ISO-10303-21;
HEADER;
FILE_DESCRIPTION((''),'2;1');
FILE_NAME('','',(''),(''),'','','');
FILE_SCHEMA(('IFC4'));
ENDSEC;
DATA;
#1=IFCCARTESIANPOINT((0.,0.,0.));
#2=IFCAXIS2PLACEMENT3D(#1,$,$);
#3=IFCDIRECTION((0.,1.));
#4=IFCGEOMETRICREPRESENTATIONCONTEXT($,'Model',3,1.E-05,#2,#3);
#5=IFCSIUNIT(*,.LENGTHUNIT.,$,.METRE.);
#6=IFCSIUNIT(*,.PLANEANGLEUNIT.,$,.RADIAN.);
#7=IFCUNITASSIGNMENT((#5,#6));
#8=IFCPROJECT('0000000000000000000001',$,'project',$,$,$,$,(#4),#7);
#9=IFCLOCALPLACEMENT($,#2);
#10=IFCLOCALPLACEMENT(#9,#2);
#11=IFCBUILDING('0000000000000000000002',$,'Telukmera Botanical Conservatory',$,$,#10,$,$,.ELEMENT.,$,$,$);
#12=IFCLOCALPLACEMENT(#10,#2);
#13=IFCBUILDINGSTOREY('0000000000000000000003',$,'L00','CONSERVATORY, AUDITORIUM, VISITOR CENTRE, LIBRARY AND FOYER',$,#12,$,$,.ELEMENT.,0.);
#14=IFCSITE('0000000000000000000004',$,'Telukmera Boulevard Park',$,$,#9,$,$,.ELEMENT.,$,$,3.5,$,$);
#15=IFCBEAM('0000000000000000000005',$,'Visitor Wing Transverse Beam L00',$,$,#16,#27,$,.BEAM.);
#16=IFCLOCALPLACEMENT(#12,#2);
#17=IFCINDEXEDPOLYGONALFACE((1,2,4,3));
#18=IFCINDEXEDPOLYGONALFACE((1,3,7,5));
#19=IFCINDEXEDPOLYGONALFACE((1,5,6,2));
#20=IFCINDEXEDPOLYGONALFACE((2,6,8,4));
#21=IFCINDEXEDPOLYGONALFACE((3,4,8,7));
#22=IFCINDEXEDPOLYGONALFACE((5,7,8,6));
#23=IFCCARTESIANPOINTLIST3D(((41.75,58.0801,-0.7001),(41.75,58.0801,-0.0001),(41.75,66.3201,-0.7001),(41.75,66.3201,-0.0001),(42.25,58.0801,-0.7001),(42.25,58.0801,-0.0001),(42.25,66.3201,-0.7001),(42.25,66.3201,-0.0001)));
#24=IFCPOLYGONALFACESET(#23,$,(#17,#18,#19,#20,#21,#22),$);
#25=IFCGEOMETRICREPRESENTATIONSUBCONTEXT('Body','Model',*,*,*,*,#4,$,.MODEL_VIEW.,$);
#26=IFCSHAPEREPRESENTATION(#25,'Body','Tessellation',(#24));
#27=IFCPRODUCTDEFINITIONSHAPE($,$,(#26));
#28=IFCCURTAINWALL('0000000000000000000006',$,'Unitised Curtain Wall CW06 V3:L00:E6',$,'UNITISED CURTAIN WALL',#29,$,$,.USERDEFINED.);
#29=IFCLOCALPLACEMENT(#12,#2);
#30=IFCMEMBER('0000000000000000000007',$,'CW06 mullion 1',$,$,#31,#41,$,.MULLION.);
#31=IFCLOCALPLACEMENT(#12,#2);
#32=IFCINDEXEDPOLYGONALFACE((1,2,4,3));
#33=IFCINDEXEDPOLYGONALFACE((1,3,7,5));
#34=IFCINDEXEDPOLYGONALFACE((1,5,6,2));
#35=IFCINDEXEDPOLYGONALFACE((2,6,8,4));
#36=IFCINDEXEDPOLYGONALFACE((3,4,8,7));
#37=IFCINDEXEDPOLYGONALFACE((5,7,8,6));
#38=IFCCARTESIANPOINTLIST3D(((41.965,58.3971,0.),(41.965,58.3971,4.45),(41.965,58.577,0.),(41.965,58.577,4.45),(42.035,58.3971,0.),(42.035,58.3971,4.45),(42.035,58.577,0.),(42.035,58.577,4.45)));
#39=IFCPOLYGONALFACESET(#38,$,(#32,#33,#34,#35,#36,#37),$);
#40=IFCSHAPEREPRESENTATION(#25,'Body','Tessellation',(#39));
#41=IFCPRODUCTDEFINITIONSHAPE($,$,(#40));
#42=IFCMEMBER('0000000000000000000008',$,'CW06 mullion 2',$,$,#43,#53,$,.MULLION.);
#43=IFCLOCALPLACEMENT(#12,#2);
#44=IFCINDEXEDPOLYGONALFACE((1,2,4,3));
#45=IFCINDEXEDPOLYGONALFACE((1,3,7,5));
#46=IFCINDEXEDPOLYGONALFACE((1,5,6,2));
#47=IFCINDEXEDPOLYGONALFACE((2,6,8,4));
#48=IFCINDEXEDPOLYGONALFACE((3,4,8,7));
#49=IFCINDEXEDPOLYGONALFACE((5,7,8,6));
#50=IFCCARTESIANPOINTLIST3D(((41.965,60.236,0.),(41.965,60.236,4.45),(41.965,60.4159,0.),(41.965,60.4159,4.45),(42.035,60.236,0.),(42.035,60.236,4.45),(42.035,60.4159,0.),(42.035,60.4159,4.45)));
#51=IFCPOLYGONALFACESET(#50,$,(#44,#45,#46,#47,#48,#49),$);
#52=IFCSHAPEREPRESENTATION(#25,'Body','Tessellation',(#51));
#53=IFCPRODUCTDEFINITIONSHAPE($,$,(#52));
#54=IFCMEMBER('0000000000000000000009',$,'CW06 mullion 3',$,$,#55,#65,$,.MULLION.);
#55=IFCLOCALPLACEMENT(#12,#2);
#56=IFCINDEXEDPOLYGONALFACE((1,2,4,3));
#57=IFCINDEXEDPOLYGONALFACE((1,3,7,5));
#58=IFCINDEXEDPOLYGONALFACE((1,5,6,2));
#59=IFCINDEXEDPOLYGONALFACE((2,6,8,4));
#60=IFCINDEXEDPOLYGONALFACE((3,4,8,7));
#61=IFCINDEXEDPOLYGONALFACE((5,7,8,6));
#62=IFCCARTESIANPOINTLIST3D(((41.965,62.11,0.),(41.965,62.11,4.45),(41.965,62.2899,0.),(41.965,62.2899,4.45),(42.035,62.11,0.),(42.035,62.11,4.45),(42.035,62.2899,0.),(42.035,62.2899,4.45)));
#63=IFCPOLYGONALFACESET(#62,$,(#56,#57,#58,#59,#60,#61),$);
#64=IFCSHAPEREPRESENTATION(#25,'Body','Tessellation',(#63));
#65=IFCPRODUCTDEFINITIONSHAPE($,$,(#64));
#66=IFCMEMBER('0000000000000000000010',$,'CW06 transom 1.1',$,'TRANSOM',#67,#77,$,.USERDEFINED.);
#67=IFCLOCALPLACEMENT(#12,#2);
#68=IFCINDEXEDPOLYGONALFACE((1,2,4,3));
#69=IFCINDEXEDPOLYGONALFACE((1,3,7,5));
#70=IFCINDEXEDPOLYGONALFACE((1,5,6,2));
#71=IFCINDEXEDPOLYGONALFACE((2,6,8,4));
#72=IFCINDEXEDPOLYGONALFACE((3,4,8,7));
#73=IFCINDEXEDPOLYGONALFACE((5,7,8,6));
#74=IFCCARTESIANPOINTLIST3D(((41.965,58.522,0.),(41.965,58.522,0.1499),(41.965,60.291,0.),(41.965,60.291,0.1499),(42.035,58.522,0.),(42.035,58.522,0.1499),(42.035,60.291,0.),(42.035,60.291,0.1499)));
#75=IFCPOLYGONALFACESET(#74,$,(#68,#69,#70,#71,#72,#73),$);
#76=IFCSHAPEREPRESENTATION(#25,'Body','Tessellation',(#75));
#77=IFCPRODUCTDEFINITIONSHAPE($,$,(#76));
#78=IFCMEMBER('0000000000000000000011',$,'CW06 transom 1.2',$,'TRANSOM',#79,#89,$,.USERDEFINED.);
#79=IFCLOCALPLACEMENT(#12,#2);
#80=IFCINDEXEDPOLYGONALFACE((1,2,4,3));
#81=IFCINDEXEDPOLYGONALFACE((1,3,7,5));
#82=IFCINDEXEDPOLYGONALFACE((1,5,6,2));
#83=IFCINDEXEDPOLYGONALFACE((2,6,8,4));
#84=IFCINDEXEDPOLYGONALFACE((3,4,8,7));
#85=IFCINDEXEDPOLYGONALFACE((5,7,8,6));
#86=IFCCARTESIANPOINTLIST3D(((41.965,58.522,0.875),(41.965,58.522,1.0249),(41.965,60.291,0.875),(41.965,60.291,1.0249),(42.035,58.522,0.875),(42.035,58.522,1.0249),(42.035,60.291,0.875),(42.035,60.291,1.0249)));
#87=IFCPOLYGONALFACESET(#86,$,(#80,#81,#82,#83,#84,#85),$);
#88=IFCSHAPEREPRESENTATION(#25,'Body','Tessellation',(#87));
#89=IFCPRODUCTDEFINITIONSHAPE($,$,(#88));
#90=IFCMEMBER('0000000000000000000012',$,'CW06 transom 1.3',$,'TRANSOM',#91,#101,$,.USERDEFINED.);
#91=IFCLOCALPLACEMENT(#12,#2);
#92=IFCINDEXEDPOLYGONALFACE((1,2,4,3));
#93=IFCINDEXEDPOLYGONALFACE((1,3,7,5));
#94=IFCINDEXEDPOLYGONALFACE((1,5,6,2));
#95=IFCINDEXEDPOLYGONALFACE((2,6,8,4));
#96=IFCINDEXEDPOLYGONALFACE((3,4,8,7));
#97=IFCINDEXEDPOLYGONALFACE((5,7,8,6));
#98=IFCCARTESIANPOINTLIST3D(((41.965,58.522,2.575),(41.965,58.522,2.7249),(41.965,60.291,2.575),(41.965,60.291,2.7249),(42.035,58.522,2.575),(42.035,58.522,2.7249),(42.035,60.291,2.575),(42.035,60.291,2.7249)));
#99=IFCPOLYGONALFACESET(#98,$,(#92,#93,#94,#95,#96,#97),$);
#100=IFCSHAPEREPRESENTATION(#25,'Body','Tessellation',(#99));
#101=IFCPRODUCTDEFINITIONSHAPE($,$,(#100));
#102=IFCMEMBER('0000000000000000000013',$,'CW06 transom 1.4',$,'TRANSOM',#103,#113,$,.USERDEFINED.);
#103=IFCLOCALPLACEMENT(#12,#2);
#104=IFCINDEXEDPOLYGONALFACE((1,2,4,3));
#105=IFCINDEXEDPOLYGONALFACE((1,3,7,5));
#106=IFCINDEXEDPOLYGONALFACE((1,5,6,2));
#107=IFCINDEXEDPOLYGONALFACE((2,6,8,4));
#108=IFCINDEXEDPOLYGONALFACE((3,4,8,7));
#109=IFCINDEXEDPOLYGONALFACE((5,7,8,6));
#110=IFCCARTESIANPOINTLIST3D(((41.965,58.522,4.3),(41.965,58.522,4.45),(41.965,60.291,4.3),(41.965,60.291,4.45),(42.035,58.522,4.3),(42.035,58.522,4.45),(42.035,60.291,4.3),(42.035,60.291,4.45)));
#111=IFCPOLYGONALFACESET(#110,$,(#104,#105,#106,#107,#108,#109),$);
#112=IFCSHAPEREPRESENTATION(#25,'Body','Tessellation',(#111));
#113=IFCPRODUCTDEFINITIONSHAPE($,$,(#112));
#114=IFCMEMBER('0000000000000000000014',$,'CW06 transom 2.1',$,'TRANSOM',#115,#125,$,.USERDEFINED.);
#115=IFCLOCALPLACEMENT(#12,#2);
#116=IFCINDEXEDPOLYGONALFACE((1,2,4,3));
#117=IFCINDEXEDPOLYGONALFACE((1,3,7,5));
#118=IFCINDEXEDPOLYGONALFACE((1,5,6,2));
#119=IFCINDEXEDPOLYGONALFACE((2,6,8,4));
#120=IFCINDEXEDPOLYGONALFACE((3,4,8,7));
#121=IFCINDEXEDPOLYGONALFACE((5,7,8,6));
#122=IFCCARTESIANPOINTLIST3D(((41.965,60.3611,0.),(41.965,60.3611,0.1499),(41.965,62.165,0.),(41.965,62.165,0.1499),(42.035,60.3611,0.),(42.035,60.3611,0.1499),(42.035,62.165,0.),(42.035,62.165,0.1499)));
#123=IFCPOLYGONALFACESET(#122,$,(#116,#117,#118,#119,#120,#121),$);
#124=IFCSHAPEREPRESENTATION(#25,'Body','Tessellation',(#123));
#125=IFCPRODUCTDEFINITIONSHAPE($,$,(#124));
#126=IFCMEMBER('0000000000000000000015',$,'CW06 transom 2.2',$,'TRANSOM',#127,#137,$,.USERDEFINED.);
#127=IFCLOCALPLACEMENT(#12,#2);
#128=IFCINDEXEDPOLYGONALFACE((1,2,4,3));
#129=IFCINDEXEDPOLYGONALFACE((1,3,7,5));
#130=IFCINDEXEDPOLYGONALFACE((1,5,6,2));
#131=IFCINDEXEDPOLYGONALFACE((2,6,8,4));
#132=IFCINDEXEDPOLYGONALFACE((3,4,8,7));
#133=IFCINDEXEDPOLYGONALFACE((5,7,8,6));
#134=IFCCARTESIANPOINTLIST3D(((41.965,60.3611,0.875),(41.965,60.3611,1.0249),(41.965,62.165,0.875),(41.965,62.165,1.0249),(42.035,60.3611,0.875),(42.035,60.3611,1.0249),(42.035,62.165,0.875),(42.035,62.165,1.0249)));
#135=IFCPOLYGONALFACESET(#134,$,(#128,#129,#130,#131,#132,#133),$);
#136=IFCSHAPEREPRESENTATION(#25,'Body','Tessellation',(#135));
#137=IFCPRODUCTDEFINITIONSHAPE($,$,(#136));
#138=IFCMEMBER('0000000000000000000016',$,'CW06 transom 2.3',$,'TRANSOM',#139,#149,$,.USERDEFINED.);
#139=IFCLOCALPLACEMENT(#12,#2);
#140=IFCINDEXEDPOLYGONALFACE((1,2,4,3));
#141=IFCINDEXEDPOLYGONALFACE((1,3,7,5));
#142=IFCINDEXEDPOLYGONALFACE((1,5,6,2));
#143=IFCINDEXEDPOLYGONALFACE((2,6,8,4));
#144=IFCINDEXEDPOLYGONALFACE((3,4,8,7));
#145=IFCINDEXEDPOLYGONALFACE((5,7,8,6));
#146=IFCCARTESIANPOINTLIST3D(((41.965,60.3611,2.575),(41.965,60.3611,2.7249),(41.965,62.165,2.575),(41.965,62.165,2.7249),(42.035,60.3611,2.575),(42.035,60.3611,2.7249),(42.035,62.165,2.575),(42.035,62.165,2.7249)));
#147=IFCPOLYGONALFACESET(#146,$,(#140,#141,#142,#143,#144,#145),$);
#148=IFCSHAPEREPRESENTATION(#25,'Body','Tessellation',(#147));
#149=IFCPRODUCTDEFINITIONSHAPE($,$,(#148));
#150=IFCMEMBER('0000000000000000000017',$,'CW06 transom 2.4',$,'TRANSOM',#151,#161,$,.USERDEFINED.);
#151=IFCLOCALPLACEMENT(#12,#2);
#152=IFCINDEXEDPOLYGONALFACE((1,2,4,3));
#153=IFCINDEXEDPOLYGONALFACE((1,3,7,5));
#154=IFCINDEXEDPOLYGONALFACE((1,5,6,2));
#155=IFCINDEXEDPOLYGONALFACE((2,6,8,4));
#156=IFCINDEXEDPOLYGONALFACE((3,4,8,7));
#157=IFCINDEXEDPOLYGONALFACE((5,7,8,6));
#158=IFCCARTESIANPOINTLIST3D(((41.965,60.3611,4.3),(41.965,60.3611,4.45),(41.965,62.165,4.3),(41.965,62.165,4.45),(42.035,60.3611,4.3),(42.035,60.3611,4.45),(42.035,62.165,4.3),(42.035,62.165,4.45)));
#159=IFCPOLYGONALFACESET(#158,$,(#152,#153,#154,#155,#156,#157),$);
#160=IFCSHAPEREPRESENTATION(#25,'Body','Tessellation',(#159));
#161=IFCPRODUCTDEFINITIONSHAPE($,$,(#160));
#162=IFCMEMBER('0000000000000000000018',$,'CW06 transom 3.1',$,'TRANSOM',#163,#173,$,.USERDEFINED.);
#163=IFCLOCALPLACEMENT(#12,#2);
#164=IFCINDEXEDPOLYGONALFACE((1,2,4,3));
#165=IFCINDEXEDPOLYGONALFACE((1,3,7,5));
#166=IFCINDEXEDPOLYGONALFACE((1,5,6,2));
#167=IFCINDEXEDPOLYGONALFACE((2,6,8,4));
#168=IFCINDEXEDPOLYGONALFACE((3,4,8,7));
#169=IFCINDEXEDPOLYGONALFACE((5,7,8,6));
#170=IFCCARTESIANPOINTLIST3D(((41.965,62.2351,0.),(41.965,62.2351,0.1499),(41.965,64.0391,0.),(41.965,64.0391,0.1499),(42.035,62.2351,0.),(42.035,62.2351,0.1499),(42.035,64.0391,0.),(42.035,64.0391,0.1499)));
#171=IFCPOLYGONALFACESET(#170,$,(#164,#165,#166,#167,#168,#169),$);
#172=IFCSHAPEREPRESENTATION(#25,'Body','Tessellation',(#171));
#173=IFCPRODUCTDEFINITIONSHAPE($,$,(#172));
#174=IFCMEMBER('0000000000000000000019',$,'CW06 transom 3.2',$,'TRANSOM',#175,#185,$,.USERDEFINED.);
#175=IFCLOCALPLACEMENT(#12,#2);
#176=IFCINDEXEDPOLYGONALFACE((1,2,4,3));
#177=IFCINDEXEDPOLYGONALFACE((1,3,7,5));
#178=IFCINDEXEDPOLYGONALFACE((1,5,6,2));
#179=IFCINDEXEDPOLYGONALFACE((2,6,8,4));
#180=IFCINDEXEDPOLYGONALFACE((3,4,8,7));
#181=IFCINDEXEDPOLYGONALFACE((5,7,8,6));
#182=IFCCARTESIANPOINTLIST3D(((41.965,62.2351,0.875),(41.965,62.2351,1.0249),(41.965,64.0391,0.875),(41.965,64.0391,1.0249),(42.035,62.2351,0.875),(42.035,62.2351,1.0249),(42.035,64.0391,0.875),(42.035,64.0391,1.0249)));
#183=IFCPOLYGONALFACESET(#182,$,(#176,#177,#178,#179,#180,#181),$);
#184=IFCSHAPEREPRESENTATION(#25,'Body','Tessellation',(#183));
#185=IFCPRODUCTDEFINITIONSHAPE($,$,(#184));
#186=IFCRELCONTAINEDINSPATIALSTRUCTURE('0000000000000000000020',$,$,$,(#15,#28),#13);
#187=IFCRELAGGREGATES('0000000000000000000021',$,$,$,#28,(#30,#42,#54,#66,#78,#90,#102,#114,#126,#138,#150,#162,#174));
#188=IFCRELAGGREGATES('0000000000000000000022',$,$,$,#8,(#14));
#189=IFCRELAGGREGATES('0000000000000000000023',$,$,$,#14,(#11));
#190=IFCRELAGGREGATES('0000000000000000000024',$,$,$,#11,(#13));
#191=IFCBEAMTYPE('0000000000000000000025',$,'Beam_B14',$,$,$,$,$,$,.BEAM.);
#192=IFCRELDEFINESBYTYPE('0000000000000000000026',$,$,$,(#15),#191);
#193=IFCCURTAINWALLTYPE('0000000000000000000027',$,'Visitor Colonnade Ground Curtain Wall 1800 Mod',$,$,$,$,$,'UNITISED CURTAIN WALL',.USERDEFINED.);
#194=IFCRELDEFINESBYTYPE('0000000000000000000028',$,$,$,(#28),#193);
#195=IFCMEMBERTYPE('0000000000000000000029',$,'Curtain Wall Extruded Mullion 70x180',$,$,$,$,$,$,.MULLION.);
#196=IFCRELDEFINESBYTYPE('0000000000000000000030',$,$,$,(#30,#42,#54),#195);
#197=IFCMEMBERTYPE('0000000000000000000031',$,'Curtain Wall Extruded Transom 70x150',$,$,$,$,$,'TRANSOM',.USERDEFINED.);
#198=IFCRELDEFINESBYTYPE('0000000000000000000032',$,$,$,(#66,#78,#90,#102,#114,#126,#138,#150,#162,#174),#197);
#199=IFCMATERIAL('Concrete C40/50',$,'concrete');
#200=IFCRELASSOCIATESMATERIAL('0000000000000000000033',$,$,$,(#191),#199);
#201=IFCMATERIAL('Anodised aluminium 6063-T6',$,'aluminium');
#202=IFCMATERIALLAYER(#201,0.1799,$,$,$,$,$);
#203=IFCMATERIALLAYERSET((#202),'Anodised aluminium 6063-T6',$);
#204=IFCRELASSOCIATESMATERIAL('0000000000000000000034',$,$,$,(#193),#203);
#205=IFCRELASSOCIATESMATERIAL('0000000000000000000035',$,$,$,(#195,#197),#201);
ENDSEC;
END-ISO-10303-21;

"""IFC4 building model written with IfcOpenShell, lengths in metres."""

from ifc_helpers import new_model, si_unit, direction, frame, origin, origin_2d, place, context, subcontext, project, spatial, rectangle, extrude, material, layer, layer_set, material_profile, profile_set, type_object, element, aggregate, save


model = new_model("IFC4")

# Units and contexts
model_context = context("Model", 3, precision=1e-05, world=origin(), true_north=direction((0.0, 1.0)))
body_context = subcontext(model_context, "Body", "Model", "MODEL_VIEW")
ifc_project = project(units=[si_unit("LENGTHUNIT", "METRE"), si_unit("PLANEANGLEUNIT", "RADIAN")], contexts=[model_context])

# Site, building, storey
site_placement = place(None, origin())
site = spatial("IfcSite", under=ifc_project, at=site_placement, Name="Telukmera Boulevard Park", CompositionType="ELEMENT", RefElevation=3.5)
building_placement = place(site_placement, origin())
building = spatial("IfcBuilding", under=site, at=building_placement, Name="Telukmera Botanical Conservatory", CompositionType="ELEMENT")
storey_placement = place(building_placement, origin())
storey = spatial("IfcBuildingStorey", under=building, at=storey_placement, Name="L00", Description="CONSERVATORY, AUDITORIUM, VISITOR CENTRE, LIBRARY AND FOYER", CompositionType="ELEMENT", Elevation=0.0)

# Beam
ifc_material_1 = material(Name="Concrete C40/50", Category="concrete")
ifc_material_profile_1 = material_profile(ifc_material_1, rectangle(XDim=0.5, YDim=0.7, at=origin_2d()), Name="RC 500x700")
ifc_profile_set_1 = profile_set([ifc_material_profile_1], Name="Concrete C40/50")
beam_type = type_object("IfcBeamType", Name="Beam_B14", PredefinedType="BEAM", material=ifc_profile_set_1)
beam_placement = place(storey_placement, frame((42.0, 58.0801, -0.3501), z_axis=(0.0, 1.0, 0.0), x_axis=(-1.0, 0.0, 0.0)))
element("IfcBeam", 1, at=beam_placement, inside=storey, type_object=beam_type, Name="Visitor Wing Transverse Beam L00", PredefinedType="BEAM", context=body_context, shape_type="SweptSolid", body=[
    extrude(rectangle(XDim=0.5, YDim=0.7, at=origin_2d()), origin(), (0.0, 0.0, 1.0), 8.24),
])

# Curtain wall, members
ifc_material_2 = material(Name="Anodised aluminium 6063-T6", Category="aluminium")
ifc_layer_1 = layer(ifc_material_2, 0.1799)
ifc_layer_set_1 = layer_set([ifc_layer_1], Name="Anodised aluminium 6063-T6")
curtain_wall_type = type_object("IfcCurtainWallType", Name="Visitor Colonnade Ground Curtain Wall 1800 Mod", ElementType="UNITISED CURTAIN WALL", PredefinedType="USERDEFINED", material=ifc_layer_set_1)
curtain_wall_placement = place(storey_placement, origin())
curtain_wall = element("IfcCurtainWall", 2, at=curtain_wall_placement, inside=storey, type_object=curtain_wall_type, Name="Unitised Curtain Wall CW06 V3:L00:E6", ObjectType="UNITISED CURTAIN WALL", PredefinedType="USERDEFINED")
ifc_material_profile_2 = material_profile(ifc_material_2, rectangle(XDim=0.0701, YDim=0.1799, at=origin_2d()), Name="ALU MULL 70x180")
ifc_profile_set_2 = profile_set([ifc_material_profile_2], Name="Anodised aluminium 6063-T6")
member_type_1 = type_object("IfcMemberType", Name="Curtain Wall Extruded Mullion 70x180", PredefinedType="MULLION", material=ifc_profile_set_2)
member_1_placement = place(storey_placement, frame((42.0, 58.4871, 0.0), z_axis=(0.0, 0.0, 1.0), x_axis=(-1.0, 0.0, 0.0)))
member_1 = element("IfcMember", 3, at=member_1_placement, type_object=member_type_1, Name="CW06 mullion 1", PredefinedType="MULLION", context=body_context, shape_type="SweptSolid", body=[
    extrude(rectangle(XDim=0.0701, YDim=0.1799, at=origin_2d()), origin(), (0.0, 0.0, 1.0), 4.45),
])
member_2_placement = place(storey_placement, frame((42.0, 60.3259, 0.0), z_axis=(0.0, 0.0, 1.0), x_axis=(-1.0, 0.0, 0.0)))
member_2 = element("IfcMember", 4, at=member_2_placement, type_object=member_type_1, Name="CW06 mullion 2", PredefinedType="MULLION", context=body_context, shape_type="SweptSolid", body=[
    extrude(rectangle(XDim=0.0701, YDim=0.1799, at=origin_2d()), origin(), (0.0, 0.0, 1.0), 4.45),
])
member_3_placement = place(storey_placement, frame((42.0, 62.2, 0.0), z_axis=(0.0, 0.0, 1.0), x_axis=(-1.0, 0.0, 0.0)))
member_3 = element("IfcMember", 5, at=member_3_placement, type_object=member_type_1, Name="CW06 mullion 3", PredefinedType="MULLION", context=body_context, shape_type="SweptSolid", body=[
    extrude(rectangle(XDim=0.0701, YDim=0.1799, at=origin_2d()), origin(), (0.0, 0.0, 1.0), 4.45),
])
ifc_material_profile_3 = material_profile(ifc_material_2, rectangle(XDim=0.0701, YDim=0.1499, at=origin_2d()), Name="ALU TRAN 70x150")
ifc_profile_set_3 = profile_set([ifc_material_profile_3], Name="Anodised aluminium 6063-T6")
member_type_2 = type_object("IfcMemberType", Name="Curtain Wall Extruded Transom 70x150", ElementType="TRANSOM", PredefinedType="USERDEFINED", material=ifc_profile_set_3)
member_4_placement = place(storey_placement, frame((42.0, 58.522, 0.075), z_axis=(0.0, 1.0, 0.0), x_axis=(-1.0, 0.0, 0.0)))
member_4 = element("IfcMember", 6, at=member_4_placement, type_object=member_type_2, Name="CW06 transom 1.1", ObjectType="TRANSOM", PredefinedType="USERDEFINED", context=body_context, shape_type="SweptSolid", body=[
    extrude(rectangle(XDim=0.0701, YDim=0.1499, at=origin_2d()), origin(), (0.0, 0.0, 1.0), 1.769),
])
member_5_placement = place(storey_placement, frame((42.0, 58.522, 0.95), z_axis=(0.0, 1.0, 0.0), x_axis=(-1.0, 0.0, 0.0)))
member_5 = element("IfcMember", 7, at=member_5_placement, type_object=member_type_2, Name="CW06 transom 1.2", ObjectType="TRANSOM", PredefinedType="USERDEFINED", context=body_context, shape_type="SweptSolid", body=[
    extrude(rectangle(XDim=0.0701, YDim=0.1499, at=origin_2d()), origin(), (0.0, 0.0, 1.0), 1.769),
])
member_6_placement = place(storey_placement, frame((42.0, 58.522, 2.6499), z_axis=(0.0, 1.0, 0.0), x_axis=(-1.0, 0.0, 0.0)))
member_6 = element("IfcMember", 8, at=member_6_placement, type_object=member_type_2, Name="CW06 transom 1.3", ObjectType="TRANSOM", PredefinedType="USERDEFINED", context=body_context, shape_type="SweptSolid", body=[
    extrude(rectangle(XDim=0.0701, YDim=0.1499, at=origin_2d()), origin(), (0.0, 0.0, 1.0), 1.769),
])
member_7_placement = place(storey_placement, frame((42.0, 58.522, 4.375), z_axis=(0.0, 1.0, 0.0), x_axis=(-1.0, 0.0, 0.0)))
member_7 = element("IfcMember", 9, at=member_7_placement, type_object=member_type_2, Name="CW06 transom 1.4", ObjectType="TRANSOM", PredefinedType="USERDEFINED", context=body_context, shape_type="SweptSolid", body=[
    extrude(rectangle(XDim=0.0701, YDim=0.1499, at=origin_2d()), origin(), (0.0, 0.0, 1.0), 1.769),
])
member_8_placement = place(storey_placement, frame((42.0, 60.3611, 0.075), z_axis=(0.0, 1.0, 0.0), x_axis=(-1.0, 0.0, 0.0)))
member_8 = element("IfcMember", 10, at=member_8_placement, type_object=member_type_2, Name="CW06 transom 2.1", ObjectType="TRANSOM", PredefinedType="USERDEFINED", context=body_context, shape_type="SweptSolid", body=[
    extrude(rectangle(XDim=0.0701, YDim=0.1499, at=origin_2d()), origin(), (0.0, 0.0, 1.0), 1.804),
])
member_9_placement = place(storey_placement, frame((42.0, 60.3611, 0.95), z_axis=(0.0, 1.0, 0.0), x_axis=(-1.0, 0.0, 0.0)))
member_9 = element("IfcMember", 11, at=member_9_placement, type_object=member_type_2, Name="CW06 transom 2.2", ObjectType="TRANSOM", PredefinedType="USERDEFINED", context=body_context, shape_type="SweptSolid", body=[
    extrude(rectangle(XDim=0.0701, YDim=0.1499, at=origin_2d()), origin(), (0.0, 0.0, 1.0), 1.804),
])
member_10_placement = place(storey_placement, frame((42.0, 60.3611, 2.6499), z_axis=(0.0, 1.0, 0.0), x_axis=(-1.0, 0.0, 0.0)))
member_10 = element("IfcMember", 12, at=member_10_placement, type_object=member_type_2, Name="CW06 transom 2.3", ObjectType="TRANSOM", PredefinedType="USERDEFINED", context=body_context, shape_type="SweptSolid", body=[
    extrude(rectangle(XDim=0.0701, YDim=0.1499, at=origin_2d()), origin(), (0.0, 0.0, 1.0), 1.804),
])
member_11_placement = place(storey_placement, frame((42.0, 60.3611, 4.375), z_axis=(0.0, 1.0, 0.0), x_axis=(-1.0, 0.0, 0.0)))
member_11 = element("IfcMember", 13, at=member_11_placement, type_object=member_type_2, Name="CW06 transom 2.4", ObjectType="TRANSOM", PredefinedType="USERDEFINED", context=body_context, shape_type="SweptSolid", body=[
    extrude(rectangle(XDim=0.0701, YDim=0.1499, at=origin_2d()), origin(), (0.0, 0.0, 1.0), 1.804),
])
member_12_placement = place(storey_placement, frame((42.0, 62.2351, 0.075), z_axis=(0.0, 1.0, 0.0), x_axis=(-1.0, 0.0, 0.0)))
member_12 = element("IfcMember", 14, at=member_12_placement, type_object=member_type_2, Name="CW06 transom 3.1", ObjectType="TRANSOM", PredefinedType="USERDEFINED", context=body_context, shape_type="SweptSolid", body=[
    extrude(rectangle(XDim=0.0701, YDim=0.1499, at=origin_2d()), origin(), (0.0, 0.0, 1.0), 1.804),
])
member_13_placement = place(storey_placement, frame((42.0, 62.2351, 0.95), z_axis=(0.0, 1.0, 0.0), x_axis=(-1.0, 0.0, 0.0)))
member_13 = element("IfcMember", 15, at=member_13_placement, type_object=member_type_2, Name="CW06 transom 3.2", ObjectType="TRANSOM", PredefinedType="USERDEFINED", context=body_context, shape_type="SweptSolid", body=[
    extrude(rectangle(XDim=0.0701, YDim=0.1499, at=origin_2d()), origin(), (0.0, 0.0, 1.0), 1.804),
])
aggregate(curtain_wall, [member_1, member_2, member_3, member_4, member_5, member_6, member_7, member_8, member_9, member_10, member_11, member_12, member_13])

save(model, "model.ifc")
